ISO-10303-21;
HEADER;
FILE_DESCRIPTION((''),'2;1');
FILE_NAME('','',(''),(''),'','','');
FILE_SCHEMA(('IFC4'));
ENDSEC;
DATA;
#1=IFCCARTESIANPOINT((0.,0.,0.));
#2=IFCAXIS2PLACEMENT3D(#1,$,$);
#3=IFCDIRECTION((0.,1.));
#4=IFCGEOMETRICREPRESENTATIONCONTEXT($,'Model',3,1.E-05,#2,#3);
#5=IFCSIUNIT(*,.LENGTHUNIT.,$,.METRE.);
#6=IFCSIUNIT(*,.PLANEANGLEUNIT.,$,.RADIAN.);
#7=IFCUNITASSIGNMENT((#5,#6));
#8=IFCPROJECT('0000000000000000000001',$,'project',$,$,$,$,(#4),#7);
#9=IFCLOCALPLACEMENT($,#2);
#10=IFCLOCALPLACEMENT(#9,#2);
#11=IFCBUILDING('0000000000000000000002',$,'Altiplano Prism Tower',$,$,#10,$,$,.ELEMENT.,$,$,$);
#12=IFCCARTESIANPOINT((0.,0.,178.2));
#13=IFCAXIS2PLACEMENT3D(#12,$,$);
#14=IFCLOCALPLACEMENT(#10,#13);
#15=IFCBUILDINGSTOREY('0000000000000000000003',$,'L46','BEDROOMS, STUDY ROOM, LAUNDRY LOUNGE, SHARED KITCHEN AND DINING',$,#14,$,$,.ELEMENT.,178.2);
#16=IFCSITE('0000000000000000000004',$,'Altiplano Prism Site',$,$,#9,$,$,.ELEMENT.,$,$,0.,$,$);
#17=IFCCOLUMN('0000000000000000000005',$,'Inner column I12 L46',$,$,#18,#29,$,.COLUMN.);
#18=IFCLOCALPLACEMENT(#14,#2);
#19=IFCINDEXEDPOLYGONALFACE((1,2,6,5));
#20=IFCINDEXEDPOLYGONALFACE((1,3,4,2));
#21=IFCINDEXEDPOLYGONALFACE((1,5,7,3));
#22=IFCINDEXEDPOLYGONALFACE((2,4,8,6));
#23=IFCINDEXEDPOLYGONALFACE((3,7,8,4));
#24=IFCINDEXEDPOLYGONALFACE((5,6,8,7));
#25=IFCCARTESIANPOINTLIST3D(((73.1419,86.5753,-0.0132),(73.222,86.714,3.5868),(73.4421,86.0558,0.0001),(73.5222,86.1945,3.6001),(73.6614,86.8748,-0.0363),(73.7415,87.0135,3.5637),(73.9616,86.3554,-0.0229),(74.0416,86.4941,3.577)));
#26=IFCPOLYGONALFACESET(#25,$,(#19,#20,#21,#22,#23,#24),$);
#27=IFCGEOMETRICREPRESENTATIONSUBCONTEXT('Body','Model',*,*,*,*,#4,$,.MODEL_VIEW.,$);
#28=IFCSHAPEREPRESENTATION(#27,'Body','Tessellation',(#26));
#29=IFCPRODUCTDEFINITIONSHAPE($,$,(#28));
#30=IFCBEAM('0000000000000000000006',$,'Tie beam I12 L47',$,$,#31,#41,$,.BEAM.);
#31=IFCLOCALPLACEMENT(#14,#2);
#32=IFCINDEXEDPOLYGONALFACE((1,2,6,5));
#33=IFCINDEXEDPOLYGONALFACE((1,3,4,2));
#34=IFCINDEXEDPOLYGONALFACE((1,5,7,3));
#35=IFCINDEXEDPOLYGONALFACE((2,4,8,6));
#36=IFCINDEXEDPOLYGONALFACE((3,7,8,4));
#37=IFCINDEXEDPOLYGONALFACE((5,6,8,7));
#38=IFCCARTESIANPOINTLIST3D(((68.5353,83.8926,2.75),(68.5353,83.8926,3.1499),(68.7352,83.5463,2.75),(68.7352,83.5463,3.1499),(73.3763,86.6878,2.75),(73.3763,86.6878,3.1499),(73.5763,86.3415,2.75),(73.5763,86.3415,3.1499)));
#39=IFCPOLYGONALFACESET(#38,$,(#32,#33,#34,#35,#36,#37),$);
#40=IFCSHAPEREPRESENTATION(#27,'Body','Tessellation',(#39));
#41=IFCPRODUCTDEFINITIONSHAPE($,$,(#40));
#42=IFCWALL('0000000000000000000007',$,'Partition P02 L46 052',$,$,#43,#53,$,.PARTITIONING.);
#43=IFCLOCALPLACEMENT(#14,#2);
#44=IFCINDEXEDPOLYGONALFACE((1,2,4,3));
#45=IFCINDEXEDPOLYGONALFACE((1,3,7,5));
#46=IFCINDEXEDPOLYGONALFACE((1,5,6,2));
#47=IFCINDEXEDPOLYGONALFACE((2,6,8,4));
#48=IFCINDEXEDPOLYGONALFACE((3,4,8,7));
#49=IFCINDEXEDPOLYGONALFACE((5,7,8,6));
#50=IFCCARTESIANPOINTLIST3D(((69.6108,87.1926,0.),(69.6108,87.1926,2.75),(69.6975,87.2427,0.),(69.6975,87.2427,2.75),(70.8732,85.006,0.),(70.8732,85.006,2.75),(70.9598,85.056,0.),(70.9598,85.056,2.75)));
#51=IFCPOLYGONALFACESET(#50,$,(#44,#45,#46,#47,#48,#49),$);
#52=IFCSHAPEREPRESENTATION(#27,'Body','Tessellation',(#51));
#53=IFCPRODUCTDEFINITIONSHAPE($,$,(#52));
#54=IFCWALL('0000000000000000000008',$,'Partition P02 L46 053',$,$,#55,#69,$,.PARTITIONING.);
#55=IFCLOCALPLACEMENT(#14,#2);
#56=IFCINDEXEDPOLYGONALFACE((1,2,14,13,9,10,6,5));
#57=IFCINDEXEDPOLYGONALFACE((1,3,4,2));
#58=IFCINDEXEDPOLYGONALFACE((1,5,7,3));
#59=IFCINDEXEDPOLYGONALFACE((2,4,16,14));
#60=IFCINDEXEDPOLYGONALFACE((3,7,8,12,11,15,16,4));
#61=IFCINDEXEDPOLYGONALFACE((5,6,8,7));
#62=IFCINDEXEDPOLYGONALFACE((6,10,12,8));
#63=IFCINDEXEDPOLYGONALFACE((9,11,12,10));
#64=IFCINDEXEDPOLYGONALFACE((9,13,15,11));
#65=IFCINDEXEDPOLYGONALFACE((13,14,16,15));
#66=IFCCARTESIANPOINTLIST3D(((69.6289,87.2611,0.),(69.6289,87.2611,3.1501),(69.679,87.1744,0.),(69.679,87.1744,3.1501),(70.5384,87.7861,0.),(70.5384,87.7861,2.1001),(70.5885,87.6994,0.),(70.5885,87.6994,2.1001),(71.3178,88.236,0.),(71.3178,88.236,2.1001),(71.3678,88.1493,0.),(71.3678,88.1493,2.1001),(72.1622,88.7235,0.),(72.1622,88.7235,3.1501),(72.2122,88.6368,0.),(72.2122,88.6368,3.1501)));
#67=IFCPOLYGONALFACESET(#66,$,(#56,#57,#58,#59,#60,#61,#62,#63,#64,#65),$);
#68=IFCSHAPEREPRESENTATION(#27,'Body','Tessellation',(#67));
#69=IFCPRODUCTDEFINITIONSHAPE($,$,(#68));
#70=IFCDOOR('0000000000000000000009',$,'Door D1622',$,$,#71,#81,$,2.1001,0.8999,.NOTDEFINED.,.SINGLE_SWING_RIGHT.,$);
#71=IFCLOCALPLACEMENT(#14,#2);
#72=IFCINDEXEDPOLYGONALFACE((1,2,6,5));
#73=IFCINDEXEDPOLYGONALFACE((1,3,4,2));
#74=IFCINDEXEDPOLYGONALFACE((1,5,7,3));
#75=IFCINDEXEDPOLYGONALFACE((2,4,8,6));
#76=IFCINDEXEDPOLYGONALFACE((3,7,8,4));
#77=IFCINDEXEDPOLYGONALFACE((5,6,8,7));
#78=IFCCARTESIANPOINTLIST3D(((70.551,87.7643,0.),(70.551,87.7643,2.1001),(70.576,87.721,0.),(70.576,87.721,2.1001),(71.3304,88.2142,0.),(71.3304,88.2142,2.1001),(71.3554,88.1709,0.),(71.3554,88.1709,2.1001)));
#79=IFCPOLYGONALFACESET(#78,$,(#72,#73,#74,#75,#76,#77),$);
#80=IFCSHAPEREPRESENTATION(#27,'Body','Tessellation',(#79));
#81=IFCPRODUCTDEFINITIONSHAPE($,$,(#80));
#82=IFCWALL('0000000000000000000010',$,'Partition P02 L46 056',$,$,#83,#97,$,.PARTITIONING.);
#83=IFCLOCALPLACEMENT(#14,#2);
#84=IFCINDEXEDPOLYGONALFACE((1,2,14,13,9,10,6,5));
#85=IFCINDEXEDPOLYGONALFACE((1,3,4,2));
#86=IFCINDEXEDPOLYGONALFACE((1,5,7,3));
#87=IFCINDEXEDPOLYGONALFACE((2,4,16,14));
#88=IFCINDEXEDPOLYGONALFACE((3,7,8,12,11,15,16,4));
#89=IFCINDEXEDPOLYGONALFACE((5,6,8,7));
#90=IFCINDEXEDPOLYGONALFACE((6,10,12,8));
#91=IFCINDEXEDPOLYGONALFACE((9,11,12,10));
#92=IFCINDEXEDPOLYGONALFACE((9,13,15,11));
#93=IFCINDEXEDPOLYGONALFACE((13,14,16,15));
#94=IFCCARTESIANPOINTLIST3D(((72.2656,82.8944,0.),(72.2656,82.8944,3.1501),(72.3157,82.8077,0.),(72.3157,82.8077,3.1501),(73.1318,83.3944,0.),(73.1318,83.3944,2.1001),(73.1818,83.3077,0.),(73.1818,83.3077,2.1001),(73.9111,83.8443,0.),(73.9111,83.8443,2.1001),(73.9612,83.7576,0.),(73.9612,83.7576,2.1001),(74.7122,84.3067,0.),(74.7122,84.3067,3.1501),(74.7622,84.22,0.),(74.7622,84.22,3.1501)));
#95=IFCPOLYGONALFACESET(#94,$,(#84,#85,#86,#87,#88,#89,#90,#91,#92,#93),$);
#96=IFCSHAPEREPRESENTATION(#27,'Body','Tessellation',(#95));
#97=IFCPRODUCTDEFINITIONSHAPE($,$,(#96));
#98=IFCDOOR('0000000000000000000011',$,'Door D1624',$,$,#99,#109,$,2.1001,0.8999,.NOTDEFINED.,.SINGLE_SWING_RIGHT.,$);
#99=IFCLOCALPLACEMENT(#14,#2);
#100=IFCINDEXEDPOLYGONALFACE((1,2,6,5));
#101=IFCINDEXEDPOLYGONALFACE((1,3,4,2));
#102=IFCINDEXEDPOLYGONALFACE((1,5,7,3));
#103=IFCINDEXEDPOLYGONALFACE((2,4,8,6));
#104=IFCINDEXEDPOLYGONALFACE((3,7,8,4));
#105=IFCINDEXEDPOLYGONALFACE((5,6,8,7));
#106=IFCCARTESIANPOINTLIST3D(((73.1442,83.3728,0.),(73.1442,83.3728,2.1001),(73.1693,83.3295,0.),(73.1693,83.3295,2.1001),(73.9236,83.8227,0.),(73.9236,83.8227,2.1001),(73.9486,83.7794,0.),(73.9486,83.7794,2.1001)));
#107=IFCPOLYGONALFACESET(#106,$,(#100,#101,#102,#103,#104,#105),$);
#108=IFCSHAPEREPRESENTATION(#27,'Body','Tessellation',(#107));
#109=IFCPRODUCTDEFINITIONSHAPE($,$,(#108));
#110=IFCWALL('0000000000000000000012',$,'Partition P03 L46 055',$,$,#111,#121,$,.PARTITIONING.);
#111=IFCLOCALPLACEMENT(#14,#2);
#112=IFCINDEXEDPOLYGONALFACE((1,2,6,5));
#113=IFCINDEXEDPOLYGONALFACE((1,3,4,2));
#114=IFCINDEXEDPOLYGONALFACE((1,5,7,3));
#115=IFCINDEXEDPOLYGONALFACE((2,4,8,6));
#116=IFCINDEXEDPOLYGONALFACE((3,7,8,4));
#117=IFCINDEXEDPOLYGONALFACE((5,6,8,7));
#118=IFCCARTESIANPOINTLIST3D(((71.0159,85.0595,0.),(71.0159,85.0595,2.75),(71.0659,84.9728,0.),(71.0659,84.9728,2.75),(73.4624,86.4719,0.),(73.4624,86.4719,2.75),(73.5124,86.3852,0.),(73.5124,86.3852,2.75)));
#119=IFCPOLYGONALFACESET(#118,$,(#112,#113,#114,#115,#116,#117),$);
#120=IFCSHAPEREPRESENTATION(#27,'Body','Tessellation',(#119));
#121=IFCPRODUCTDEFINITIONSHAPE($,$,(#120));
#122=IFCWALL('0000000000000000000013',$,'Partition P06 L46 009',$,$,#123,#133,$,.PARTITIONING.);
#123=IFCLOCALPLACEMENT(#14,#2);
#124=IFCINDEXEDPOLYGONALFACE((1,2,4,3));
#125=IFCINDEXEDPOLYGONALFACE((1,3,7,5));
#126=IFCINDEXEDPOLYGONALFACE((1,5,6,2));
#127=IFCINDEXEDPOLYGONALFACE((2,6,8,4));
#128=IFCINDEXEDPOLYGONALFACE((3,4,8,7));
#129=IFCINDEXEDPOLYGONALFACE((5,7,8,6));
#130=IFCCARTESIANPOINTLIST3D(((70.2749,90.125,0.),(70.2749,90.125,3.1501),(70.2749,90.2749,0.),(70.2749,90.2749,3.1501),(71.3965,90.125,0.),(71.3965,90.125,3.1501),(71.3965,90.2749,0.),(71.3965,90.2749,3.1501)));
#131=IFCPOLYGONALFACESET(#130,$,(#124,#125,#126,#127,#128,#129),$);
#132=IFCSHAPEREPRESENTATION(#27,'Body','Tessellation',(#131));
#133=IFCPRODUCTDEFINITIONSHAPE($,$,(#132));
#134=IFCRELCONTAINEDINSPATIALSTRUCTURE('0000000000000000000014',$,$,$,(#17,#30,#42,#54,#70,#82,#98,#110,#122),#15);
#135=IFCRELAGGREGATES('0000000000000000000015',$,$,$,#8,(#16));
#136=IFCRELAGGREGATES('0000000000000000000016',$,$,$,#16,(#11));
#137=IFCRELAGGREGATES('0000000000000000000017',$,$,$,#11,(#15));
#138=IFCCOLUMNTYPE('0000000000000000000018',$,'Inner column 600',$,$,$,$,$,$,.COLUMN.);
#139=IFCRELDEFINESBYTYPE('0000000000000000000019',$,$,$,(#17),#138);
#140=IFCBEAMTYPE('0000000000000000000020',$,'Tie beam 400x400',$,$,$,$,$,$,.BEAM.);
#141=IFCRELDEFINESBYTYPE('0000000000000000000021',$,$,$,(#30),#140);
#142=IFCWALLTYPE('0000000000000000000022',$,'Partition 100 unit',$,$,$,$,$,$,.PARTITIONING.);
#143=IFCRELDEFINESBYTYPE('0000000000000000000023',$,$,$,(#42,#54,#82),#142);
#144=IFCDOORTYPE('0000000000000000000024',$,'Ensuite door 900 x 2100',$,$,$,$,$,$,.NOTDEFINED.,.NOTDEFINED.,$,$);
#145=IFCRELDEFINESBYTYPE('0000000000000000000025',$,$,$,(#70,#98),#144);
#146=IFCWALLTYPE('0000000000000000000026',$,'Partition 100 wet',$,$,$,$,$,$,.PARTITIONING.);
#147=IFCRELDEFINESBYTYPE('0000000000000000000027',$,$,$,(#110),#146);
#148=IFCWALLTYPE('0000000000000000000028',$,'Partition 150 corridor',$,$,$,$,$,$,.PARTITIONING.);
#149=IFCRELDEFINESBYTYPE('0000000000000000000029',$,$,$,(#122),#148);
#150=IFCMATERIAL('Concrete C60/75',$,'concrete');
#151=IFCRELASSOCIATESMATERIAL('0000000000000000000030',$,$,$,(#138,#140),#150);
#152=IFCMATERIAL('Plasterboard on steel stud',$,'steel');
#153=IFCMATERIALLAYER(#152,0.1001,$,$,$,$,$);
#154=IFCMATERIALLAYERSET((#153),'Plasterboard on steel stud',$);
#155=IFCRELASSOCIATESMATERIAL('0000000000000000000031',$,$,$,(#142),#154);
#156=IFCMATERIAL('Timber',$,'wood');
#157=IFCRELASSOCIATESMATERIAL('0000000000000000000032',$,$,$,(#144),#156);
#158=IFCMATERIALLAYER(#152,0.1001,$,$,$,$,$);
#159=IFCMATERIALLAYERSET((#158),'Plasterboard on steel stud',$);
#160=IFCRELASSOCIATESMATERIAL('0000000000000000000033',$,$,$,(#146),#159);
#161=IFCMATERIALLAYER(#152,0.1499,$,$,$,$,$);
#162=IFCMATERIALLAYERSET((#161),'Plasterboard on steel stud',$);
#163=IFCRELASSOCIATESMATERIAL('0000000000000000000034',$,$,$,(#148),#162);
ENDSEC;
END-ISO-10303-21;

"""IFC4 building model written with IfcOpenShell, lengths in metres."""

from ifc_helpers import new_model, si_unit, direction, frame, frame_2d, origin, origin_2d, place, context, subcontext, project, spatial, rectangle, extrude, material, layer, layer_set, material_profile, profile_set, type_object, element, fill, save


model = new_model("IFC4")

# Units and contexts
model_context = context("Model", 3, precision=1e-05, world=origin(), true_north=direction((0.0, 1.0)))
body_context = subcontext(model_context, "Body", "Model", "MODEL_VIEW")
ifc_project = project(units=[si_unit("LENGTHUNIT", "METRE"), si_unit("PLANEANGLEUNIT", "RADIAN")], contexts=[model_context])

# Site, building, storey
site_placement = place(None, origin())
site = spatial("IfcSite", under=ifc_project, at=site_placement, Name="Altiplano Prism Site", CompositionType="ELEMENT", RefElevation=0.0)
building_placement = place(site_placement, origin())
building = spatial("IfcBuilding", under=site, at=building_placement, Name="Altiplano Prism Tower", CompositionType="ELEMENT")
storey_placement = place(building_placement, frame((0.0, 0.0, 178.2)))
storey = spatial("IfcBuildingStorey", under=building, at=storey_placement, Name="L46", Description="BEDROOMS, STUDY ROOM, LAUNDRY LOUNGE, SHARED KITCHEN AND DINING", CompositionType="ELEMENT", Elevation=178.2)

# Column
ifc_material_1 = material(Name="Concrete C60/75", Category="concrete")
ifc_material_profile_1 = material_profile(ifc_material_1, rectangle(XDim=0.6001, YDim=0.6001, at=origin_2d()), Name="Inner column 600")
ifc_profile_set_1 = profile_set([ifc_material_profile_1], Name="Concrete C60/75")
column_type = type_object("IfcColumnType", Name="Inner column 600", PredefinedType="COLUMN", material=ifc_profile_set_1)
column_placement = place(storey_placement, frame((73.5518, 86.4653, -0.0181), z_axis=(0.022223, 0.038483, 0.999012), x_axis=(-0.865639, -0.499187, 0.038485)))
element("IfcColumn", 1, at=column_placement, inside=storey, type_object=column_type, Name="Inner column I12 L46", PredefinedType="COLUMN", context=body_context, shape_type="SweptSolid", body=[
    extrude(rectangle(XDim=0.6001, YDim=0.6001, at=origin_2d()), origin(), (0.0, 0.0, 1.0), 3.6035),
])

# Beam
ifc_material_profile_2 = material_profile(ifc_material_1, rectangle(XDim=0.3999, YDim=0.3999, at=origin_2d()), Name="Tie beam 400x400")
ifc_profile_set_2 = profile_set([ifc_material_profile_2], Name="Concrete C60/75")
beam_type = type_object("IfcBeamType", Name="Tie beam 400x400", PredefinedType="BEAM", material=ifc_profile_set_2)
beam_placement = place(storey_placement, frame((73.4763, 86.5146, 2.95), z_axis=(-0.866012, -0.500024, 0.0), x_axis=(0.500024, -0.866012, 0.0)))
element("IfcBeam", 2, at=beam_placement, inside=storey, type_object=beam_type, Name="Tie beam I12 L47", PredefinedType="BEAM", context=body_context, shape_type="SweptSolid", body=[
    extrude(rectangle(XDim=0.3999, YDim=0.3999, at=origin_2d()), origin(), (0.0, 0.0, 1.0), 5.5901),
])

# Wall
ifc_material_2 = material(Name="Plasterboard on steel stud", Category="steel")
ifc_layer_1 = layer(ifc_material_2, 0.1001)
ifc_layer_set_1 = layer_set([ifc_layer_1], Name="Plasterboard on steel stud")
wall_type_1 = type_object("IfcWallType", Name="Partition 100 unit", PredefinedType="PARTITIONING", material=ifc_layer_set_1)
wall_1_placement = place(storey_placement, frame((70.9165, 85.031, 0.0), z_axis=(0.0, 0.0, 1.0), x_axis=(-0.499976, 0.866039, 0.0)))
element("IfcWall", 3, at=wall_1_placement, inside=storey, type_object=wall_type_1, Name="Partition P02 L46 052", PredefinedType="PARTITIONING", context=body_context, shape_type="SweptSolid", body=[
    extrude(rectangle(XDim=2.5249, YDim=0.1001, at=frame_2d((1.2625, 0.0))), origin(), (0.0, 0.0, 1.0), 2.75),
])

# Walls, openings, doors
wall_2_placement = place(storey_placement, frame((69.6541, 87.2178, 0.0), z_axis=(0.0, 0.0, 1.0), x_axis=(0.866047, 0.499963, 0.0)))
wall_2 = element("IfcWall", 4, at=wall_2_placement, inside=storey, type_object=wall_type_1, Name="Partition P02 L46 053", PredefinedType="PARTITIONING", context=body_context, shape_type="SweptSolid", body=[
    extrude(rectangle(XDim=2.925, YDim=0.1001, at=frame_2d((1.4624, 0.0))), origin(), (0.0, 0.0, 1.0), 3.1501),
])
opening_1_placement = place(wall_2_placement, frame((1.05, 0.0, 0.0)))
opening_1 = element("IfcOpeningElement", 5, at=opening_1_placement, cuts=wall_2, PredefinedType="OPENING", context=body_context, shape_type="SweptSolid", body=[
    extrude(rectangle(XDim=0.8999, YDim=2.1001, at=frame_2d((0.45, 1.05))), frame((0.0, 0.0605, 0.0), z_axis=(0.0, -1.0, 0.0), x_axis=(1.0, 0.0, 0.0)), (0.0, 0.0, 1.0), 0.1211),
])
ifc_material_3 = material(Name="Timber", Category="wood")
door_type_1 = type_object("IfcDoorType", Name="Ensuite door 900 x 2100", OperationType="NOTDEFINED", PredefinedType="NOTDEFINED", material=ifc_material_3)
door_1_placement = place(opening_1_placement, origin())
door_1 = element("IfcDoor", 6, at=door_1_placement, inside=storey, type_object=door_type_1, Name="Door D1622", OperationType="SINGLE_SWING_RIGHT", OverallHeight=2.1001, OverallWidth=0.8999, PredefinedType="NOTDEFINED", context=body_context, shape_type="SweptSolid", body=[
    extrude(rectangle(XDim=0.8999, YDim=2.1001, at=frame_2d((0.45, 1.05))), frame((0.0, 0.0249, 0.0), z_axis=(0.0, -1.0, 0.0), x_axis=(1.0, 0.0, 0.0)), (0.0, 0.0, 1.0), 0.05),
])
fill(opening_1, door_1)
wall_3_placement = place(storey_placement, frame((74.7373, 84.2634, 0.0), z_axis=(0.0, 0.0, 1.0), x_axis=(-0.866049, -0.499959, 0.0)))
wall_3 = element("IfcWall", 7, at=wall_3_placement, inside=storey, type_object=wall_type_1, Name="Partition P02 L46 056", PredefinedType="PARTITIONING", context=body_context, shape_type="SweptSolid", body=[
    extrude(rectangle(XDim=2.825, YDim=0.1001, at=frame_2d((1.4126, 0.0))), origin(), (0.0, 0.0, 1.0), 3.1501),
])
opening_2_placement = place(wall_3_placement, frame((0.925, 0.0, 0.0)))
opening_2 = element("IfcOpeningElement", 8, at=opening_2_placement, cuts=wall_3, PredefinedType="OPENING", context=body_context, shape_type="SweptSolid", body=[
    extrude(rectangle(XDim=0.8999, YDim=2.1001, at=frame_2d((0.45, 1.05))), frame((0.0, 0.0605, 0.0), z_axis=(0.0, -1.0, 0.0), x_axis=(1.0, 0.0, 0.0)), (0.0, 0.0, 1.0), 0.1211),
])
door_2_placement = place(opening_2_placement, origin())
door_2 = element("IfcDoor", 9, at=door_2_placement, inside=storey, type_object=door_type_1, Name="Door D1624", OperationType="SINGLE_SWING_RIGHT", OverallHeight=2.1001, OverallWidth=0.8999, PredefinedType="NOTDEFINED", context=body_context, shape_type="SweptSolid", body=[
    extrude(rectangle(XDim=0.8999, YDim=2.1001, at=frame_2d((0.45, 1.05))), frame((0.0, 0.0249, 0.0), z_axis=(0.0, -1.0, 0.0), x_axis=(1.0, 0.0, 0.0)), (0.0, 0.0, 1.0), 0.05),
])
fill(opening_2, door_2)

# Walls
ifc_layer_2 = layer(ifc_material_2, 0.1001)
ifc_layer_set_2 = layer_set([ifc_layer_2], Name="Plasterboard on steel stud")
wall_type_2 = type_object("IfcWallType", Name="Partition 100 wet", PredefinedType="PARTITIONING", material=ifc_layer_set_2)
wall_4_placement = place(storey_placement, frame((71.0408, 85.0161, 0.0), z_axis=(0.0, 0.0, 1.0), x_axis=(0.866049, 0.499959, 0.0)))
element("IfcWall", 10, at=wall_4_placement, inside=storey, type_object=wall_type_2, Name="Partition P03 L46 055", PredefinedType="PARTITIONING", context=body_context, shape_type="SweptSolid", body=[
    extrude(rectangle(XDim=2.825, YDim=0.1001, at=frame_2d((1.4126, 0.0))), origin(), (0.0, 0.0, 1.0), 2.75),
])
ifc_layer_3 = layer(ifc_material_2, 0.1499)
ifc_layer_set_3 = layer_set([ifc_layer_3], Name="Plasterboard on steel stud")
wall_type_3 = type_object("IfcWallType", Name="Partition 150 corridor", PredefinedType="PARTITIONING", material=ifc_layer_set_3)
wall_5_placement = place(storey_placement, frame((70.2749, 90.2, 0.0), z_axis=(0.0, 0.0, 1.0), x_axis=(1.0, 0.0, 0.0)))
element("IfcWall", 11, at=wall_5_placement, inside=storey, type_object=wall_type_3, Name="Partition P06 L46 009", PredefinedType="PARTITIONING", context=body_context, shape_type="SweptSolid", body=[
    extrude(rectangle(XDim=1.1216, YDim=0.1499, at=frame_2d((0.5608, 0.0))), origin(), (0.0, 0.0, 1.0), 3.1501),
])

save(model, "model.ifc")
